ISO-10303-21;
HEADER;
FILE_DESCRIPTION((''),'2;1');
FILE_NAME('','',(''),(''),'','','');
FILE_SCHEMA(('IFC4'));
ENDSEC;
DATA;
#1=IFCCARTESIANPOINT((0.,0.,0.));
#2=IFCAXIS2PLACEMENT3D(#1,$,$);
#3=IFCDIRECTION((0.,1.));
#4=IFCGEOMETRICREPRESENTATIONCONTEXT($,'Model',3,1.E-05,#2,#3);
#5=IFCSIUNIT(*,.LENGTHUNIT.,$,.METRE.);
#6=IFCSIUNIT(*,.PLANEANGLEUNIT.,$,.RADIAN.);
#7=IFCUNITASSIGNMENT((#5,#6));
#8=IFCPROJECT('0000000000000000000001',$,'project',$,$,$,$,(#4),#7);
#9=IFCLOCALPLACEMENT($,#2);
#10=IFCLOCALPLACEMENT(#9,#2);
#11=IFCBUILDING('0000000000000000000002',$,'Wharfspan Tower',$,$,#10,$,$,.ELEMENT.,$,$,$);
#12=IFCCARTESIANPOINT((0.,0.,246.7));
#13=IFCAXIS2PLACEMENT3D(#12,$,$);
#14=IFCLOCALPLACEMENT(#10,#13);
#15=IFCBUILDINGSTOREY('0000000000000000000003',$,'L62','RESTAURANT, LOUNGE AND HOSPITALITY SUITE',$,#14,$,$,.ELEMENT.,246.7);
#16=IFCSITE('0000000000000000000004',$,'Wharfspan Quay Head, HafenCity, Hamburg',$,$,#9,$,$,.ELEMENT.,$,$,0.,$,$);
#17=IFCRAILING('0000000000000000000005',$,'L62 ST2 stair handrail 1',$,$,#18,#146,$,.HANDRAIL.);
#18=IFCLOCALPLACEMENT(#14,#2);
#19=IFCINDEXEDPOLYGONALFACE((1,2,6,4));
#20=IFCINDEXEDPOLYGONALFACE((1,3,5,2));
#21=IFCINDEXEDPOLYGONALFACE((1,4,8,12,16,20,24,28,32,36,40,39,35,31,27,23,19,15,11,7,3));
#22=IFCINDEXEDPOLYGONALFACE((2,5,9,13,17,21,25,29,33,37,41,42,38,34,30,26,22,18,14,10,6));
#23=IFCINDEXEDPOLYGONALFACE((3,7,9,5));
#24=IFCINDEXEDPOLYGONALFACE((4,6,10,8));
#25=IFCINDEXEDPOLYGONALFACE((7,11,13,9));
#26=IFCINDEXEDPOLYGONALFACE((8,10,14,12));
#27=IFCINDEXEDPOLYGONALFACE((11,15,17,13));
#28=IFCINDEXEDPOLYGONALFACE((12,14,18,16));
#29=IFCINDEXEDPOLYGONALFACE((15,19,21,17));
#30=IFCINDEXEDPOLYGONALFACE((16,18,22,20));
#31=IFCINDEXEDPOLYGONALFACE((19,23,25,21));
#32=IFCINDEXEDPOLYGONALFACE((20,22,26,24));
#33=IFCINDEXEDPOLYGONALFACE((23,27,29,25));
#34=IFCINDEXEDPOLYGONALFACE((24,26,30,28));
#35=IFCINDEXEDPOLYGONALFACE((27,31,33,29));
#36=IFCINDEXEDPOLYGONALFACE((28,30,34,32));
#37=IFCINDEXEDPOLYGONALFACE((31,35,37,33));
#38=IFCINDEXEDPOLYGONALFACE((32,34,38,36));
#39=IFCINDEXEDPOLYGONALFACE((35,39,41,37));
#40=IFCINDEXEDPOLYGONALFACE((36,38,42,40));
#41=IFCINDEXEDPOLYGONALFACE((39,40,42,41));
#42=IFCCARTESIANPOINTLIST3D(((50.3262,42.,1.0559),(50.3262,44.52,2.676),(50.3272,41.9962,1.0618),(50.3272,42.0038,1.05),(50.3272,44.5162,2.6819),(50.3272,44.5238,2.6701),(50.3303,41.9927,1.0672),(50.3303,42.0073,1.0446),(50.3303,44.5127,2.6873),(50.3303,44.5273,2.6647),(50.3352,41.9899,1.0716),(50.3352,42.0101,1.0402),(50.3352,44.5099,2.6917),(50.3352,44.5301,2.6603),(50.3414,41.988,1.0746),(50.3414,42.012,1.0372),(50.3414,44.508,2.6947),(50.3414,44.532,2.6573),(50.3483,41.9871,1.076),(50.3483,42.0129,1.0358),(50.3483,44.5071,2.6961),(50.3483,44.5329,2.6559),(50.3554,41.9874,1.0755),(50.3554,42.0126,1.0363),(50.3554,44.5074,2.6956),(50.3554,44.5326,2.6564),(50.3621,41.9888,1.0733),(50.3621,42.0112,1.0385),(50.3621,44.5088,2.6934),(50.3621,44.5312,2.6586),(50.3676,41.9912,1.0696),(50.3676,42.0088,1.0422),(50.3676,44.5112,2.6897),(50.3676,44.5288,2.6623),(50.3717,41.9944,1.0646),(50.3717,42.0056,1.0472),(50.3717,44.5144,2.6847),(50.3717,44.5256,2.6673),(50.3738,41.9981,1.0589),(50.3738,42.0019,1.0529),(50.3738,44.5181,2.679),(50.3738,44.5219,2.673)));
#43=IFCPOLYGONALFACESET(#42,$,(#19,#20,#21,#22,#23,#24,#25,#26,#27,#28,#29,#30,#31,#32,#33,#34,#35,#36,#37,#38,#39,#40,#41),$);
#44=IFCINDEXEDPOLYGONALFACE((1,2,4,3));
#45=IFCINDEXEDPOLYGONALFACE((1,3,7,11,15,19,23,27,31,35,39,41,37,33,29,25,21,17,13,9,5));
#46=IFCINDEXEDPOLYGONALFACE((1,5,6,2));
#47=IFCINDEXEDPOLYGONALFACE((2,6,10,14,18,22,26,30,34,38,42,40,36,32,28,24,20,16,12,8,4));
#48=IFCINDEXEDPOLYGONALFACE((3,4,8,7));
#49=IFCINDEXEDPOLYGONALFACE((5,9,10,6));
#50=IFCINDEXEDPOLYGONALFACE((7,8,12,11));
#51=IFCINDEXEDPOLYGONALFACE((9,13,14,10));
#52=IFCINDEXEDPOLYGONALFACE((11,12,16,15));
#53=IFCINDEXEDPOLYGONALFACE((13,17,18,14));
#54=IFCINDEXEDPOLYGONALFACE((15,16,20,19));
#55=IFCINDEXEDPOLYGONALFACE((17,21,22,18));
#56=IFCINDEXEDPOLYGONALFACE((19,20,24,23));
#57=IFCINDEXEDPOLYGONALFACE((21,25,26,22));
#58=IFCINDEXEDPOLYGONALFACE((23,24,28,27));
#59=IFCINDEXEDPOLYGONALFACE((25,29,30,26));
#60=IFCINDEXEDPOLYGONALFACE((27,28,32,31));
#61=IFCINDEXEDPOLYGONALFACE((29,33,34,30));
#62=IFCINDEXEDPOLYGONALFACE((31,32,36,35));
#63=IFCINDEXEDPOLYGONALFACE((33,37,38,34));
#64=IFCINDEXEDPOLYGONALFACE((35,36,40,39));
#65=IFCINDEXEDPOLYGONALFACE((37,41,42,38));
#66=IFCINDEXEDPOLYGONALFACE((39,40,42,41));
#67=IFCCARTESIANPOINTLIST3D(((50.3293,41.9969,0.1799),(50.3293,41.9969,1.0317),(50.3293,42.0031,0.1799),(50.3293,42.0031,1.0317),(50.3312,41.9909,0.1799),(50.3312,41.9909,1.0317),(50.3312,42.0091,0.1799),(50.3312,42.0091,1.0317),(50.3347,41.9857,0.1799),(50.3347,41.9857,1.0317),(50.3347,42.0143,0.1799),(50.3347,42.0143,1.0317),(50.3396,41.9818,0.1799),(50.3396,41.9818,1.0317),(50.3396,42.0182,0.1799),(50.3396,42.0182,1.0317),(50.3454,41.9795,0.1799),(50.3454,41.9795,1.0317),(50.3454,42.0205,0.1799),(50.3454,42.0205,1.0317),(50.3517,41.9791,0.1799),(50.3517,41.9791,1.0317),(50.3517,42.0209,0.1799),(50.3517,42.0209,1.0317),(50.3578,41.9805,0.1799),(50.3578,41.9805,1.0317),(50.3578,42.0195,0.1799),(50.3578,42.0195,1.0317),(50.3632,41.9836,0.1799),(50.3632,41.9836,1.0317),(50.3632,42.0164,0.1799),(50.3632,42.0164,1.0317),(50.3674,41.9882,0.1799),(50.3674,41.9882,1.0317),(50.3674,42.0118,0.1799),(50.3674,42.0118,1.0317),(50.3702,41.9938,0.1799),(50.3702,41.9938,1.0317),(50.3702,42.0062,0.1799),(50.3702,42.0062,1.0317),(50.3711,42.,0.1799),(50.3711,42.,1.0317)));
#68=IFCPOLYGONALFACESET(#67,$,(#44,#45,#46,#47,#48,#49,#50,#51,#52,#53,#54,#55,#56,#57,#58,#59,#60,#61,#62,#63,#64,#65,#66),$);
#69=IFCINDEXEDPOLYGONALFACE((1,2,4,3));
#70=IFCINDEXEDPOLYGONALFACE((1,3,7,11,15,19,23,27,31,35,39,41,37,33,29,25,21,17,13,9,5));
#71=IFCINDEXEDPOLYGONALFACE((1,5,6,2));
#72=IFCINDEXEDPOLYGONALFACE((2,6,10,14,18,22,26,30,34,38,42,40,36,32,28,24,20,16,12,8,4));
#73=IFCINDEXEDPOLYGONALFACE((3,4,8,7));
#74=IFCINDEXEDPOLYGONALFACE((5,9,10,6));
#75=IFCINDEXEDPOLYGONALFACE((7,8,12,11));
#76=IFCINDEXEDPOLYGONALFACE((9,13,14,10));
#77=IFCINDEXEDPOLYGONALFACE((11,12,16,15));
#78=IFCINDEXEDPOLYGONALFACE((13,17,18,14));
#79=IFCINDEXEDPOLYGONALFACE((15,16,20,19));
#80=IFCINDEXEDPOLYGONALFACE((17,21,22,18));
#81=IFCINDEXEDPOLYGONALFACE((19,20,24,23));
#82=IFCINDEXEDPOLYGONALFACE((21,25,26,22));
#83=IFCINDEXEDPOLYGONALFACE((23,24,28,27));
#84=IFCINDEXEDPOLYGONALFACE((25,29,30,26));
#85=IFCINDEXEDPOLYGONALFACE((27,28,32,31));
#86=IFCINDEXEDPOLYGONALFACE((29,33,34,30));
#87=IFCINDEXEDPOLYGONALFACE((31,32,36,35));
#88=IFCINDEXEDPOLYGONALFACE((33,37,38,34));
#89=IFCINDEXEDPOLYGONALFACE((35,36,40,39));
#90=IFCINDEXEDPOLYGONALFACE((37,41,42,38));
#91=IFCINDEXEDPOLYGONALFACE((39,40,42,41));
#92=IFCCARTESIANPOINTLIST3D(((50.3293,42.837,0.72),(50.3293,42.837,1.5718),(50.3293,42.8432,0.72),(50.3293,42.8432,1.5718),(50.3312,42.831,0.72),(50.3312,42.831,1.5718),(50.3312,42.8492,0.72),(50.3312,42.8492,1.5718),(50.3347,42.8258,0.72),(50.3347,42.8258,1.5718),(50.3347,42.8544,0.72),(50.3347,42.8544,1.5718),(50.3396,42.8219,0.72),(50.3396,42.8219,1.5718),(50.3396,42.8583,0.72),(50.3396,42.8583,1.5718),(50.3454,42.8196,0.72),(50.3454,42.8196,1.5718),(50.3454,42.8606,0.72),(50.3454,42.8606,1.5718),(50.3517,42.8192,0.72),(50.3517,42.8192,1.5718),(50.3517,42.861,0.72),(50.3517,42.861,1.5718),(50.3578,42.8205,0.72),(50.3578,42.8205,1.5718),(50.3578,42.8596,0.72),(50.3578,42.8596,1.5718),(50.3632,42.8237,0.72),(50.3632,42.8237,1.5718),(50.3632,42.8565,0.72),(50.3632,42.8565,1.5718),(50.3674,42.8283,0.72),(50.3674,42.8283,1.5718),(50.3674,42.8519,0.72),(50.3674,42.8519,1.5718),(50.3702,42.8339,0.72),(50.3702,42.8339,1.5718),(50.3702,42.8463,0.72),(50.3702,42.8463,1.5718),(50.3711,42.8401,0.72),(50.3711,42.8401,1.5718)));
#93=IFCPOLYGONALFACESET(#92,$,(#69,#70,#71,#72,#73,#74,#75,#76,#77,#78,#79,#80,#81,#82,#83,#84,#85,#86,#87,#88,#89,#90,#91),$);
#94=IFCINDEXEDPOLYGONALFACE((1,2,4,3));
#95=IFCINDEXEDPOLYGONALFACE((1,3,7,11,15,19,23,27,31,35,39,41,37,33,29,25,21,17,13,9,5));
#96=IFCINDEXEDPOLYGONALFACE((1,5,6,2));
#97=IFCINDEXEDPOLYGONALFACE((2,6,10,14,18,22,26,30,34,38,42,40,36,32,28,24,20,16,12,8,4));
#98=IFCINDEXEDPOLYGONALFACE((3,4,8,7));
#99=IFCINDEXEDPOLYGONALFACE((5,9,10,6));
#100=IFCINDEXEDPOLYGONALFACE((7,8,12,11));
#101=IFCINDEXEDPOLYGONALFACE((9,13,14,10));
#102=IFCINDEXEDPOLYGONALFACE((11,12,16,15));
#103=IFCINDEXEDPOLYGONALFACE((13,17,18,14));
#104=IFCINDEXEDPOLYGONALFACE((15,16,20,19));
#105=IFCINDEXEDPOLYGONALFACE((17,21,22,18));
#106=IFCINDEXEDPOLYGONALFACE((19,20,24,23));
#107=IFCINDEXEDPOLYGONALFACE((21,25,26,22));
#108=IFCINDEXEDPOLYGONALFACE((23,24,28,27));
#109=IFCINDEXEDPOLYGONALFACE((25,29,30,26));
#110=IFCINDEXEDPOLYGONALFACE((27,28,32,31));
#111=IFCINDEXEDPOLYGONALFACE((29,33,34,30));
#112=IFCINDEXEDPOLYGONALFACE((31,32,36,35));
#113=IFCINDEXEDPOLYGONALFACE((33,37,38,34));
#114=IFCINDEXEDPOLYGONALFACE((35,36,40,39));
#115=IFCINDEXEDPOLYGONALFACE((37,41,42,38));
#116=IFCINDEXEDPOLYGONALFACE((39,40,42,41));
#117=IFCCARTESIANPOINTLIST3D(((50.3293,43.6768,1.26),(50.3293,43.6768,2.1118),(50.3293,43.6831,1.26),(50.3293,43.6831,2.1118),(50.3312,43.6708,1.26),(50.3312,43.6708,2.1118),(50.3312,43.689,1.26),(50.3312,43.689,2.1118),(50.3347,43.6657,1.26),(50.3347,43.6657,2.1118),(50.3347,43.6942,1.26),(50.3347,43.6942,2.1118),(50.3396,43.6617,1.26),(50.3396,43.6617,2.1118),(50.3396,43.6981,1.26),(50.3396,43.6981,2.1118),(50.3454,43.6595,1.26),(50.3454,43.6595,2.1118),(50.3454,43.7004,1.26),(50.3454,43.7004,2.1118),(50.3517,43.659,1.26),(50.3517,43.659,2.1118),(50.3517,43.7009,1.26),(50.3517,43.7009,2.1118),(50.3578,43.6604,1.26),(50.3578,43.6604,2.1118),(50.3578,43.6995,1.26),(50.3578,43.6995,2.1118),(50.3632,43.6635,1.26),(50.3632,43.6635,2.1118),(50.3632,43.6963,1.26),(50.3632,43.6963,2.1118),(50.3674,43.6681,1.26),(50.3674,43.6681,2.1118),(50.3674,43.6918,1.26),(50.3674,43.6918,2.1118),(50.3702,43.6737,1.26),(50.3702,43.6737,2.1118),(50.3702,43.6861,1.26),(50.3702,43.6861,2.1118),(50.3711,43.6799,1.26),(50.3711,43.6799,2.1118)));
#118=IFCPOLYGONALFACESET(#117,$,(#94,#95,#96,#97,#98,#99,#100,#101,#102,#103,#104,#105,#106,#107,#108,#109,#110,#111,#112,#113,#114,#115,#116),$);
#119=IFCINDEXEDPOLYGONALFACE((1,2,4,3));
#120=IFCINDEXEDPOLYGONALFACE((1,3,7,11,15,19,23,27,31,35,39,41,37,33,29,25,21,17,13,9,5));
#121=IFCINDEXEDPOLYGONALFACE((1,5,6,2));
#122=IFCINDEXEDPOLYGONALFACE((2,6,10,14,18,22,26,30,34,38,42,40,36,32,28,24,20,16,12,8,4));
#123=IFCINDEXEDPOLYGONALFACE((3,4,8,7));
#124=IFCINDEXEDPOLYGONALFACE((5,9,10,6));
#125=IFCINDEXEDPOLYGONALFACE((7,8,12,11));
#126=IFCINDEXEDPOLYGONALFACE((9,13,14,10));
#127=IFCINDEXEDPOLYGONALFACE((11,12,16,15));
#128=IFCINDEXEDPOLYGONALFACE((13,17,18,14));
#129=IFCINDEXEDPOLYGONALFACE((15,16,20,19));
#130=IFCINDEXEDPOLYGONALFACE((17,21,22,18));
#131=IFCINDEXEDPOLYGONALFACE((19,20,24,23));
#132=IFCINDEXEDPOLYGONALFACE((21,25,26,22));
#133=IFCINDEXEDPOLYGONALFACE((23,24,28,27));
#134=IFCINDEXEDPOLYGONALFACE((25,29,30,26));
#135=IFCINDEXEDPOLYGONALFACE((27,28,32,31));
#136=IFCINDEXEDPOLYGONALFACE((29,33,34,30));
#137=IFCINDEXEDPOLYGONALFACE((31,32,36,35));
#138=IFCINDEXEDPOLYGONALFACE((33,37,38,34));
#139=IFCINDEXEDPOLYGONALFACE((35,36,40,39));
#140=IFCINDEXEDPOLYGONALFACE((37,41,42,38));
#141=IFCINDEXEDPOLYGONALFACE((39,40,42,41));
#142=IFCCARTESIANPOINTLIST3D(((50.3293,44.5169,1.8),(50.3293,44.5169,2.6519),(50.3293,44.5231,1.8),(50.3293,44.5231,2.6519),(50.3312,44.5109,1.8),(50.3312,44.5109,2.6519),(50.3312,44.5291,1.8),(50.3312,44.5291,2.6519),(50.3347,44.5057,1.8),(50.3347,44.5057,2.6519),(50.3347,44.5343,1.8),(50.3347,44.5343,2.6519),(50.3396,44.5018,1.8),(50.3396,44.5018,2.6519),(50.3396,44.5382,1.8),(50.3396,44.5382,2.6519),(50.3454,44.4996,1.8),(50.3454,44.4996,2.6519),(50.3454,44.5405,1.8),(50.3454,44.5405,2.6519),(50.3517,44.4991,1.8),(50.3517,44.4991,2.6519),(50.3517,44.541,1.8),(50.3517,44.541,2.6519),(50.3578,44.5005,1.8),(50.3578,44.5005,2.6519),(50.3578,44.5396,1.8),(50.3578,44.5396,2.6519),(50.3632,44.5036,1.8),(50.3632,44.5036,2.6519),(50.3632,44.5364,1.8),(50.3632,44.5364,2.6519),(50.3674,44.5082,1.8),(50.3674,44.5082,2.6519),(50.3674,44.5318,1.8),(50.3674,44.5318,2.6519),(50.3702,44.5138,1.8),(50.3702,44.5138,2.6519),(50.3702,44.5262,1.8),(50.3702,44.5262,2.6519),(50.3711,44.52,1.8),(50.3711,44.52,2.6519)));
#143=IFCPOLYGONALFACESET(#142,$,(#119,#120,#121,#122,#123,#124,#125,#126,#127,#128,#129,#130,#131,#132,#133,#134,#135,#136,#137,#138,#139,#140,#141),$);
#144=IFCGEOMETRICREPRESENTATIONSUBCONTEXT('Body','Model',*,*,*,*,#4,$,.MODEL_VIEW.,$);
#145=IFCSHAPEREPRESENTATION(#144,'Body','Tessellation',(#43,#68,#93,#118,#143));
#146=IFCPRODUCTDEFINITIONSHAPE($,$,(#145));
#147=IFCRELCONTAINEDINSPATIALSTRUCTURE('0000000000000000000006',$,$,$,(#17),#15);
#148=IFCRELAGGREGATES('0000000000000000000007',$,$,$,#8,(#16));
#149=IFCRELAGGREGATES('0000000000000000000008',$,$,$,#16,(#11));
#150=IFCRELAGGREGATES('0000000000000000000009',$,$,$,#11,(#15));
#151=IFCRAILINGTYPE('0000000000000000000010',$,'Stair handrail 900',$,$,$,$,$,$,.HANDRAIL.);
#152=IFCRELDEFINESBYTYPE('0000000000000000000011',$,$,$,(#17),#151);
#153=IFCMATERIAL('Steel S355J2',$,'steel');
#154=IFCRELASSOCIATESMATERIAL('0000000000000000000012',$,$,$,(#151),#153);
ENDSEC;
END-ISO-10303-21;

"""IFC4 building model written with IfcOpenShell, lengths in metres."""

from ifc_helpers import new_model, si_unit, direction, frame, origin, origin_2d, place, context, subcontext, project, spatial, circle, extrude, material, type_object, element, save


model = new_model("IFC4")

# Units and contexts
model_context = context("Model", 3, precision=1e-05, world=origin(), true_north=direction((0.0, 1.0)))
body_context = subcontext(model_context, "Body", "Model", "MODEL_VIEW")
ifc_project = project(units=[si_unit("LENGTHUNIT", "METRE"), si_unit("PLANEANGLEUNIT", "RADIAN")], contexts=[model_context])

# Site, building, storey
site_placement = place(None, origin())
site = spatial("IfcSite", under=ifc_project, at=site_placement, Name="Wharfspan Quay Head, HafenCity, Hamburg", CompositionType="ELEMENT", RefElevation=0.0)
building_placement = place(site_placement, origin())
building = spatial("IfcBuilding", under=site, at=building_placement, Name="Wharfspan Tower", CompositionType="ELEMENT")
storey_placement = place(building_placement, frame((0.0, 0.0, 246.7)))
storey = spatial("IfcBuildingStorey", under=building, at=storey_placement, Name="L62", Description="RESTAURANT, LOUNGE AND HOSPITALITY SUITE", CompositionType="ELEMENT", Elevation=246.7)

# Shared definitions
ifc_material_1 = material(Name="Steel S355J2", Category="steel")

# Railing
railing_type_1 = type_object("IfcRailingType", Name="Stair handrail 900", PredefinedType="HANDRAIL", material=ifc_material_1)
railing_1_placement = place(storey_placement, frame((50.3501, 42.0, 0.1799)))
element("IfcRailing", 1, at=railing_1_placement, inside=storey, type_object=railing_type_1, Name="L62 ST2 stair handrail 1", PredefinedType="HANDRAIL", context=body_context, shape_type="SweptSolid", body=[
    extrude(circle(Radius=0.0239, at=origin_2d()), frame((0.0, 0.0, 0.876), z_axis=(0.0, 0.841163, 0.540782), x_axis=(-1.0, 0.0, 0.0)), (0.0, 0.0, 1.0), 2.9958),
    extrude(circle(Radius=0.021, at=origin_2d()), origin(), (0.0, 0.0, 1.0), 0.8518),
    extrude(circle(Radius=0.021, at=origin_2d()), frame((0.0, 0.8401, 0.54)), (0.0, 0.0, 1.0), 0.8518),
    extrude(circle(Radius=0.021, at=origin_2d()), frame((0.0, 1.6799, 1.0801)), (0.0, 0.0, 1.0), 0.8518),
    extrude(circle(Radius=0.021, at=origin_2d()), frame((0.0, 2.52, 1.6201)), (0.0, 0.0, 1.0), 0.8518),
])

save(model, "model.ifc")
